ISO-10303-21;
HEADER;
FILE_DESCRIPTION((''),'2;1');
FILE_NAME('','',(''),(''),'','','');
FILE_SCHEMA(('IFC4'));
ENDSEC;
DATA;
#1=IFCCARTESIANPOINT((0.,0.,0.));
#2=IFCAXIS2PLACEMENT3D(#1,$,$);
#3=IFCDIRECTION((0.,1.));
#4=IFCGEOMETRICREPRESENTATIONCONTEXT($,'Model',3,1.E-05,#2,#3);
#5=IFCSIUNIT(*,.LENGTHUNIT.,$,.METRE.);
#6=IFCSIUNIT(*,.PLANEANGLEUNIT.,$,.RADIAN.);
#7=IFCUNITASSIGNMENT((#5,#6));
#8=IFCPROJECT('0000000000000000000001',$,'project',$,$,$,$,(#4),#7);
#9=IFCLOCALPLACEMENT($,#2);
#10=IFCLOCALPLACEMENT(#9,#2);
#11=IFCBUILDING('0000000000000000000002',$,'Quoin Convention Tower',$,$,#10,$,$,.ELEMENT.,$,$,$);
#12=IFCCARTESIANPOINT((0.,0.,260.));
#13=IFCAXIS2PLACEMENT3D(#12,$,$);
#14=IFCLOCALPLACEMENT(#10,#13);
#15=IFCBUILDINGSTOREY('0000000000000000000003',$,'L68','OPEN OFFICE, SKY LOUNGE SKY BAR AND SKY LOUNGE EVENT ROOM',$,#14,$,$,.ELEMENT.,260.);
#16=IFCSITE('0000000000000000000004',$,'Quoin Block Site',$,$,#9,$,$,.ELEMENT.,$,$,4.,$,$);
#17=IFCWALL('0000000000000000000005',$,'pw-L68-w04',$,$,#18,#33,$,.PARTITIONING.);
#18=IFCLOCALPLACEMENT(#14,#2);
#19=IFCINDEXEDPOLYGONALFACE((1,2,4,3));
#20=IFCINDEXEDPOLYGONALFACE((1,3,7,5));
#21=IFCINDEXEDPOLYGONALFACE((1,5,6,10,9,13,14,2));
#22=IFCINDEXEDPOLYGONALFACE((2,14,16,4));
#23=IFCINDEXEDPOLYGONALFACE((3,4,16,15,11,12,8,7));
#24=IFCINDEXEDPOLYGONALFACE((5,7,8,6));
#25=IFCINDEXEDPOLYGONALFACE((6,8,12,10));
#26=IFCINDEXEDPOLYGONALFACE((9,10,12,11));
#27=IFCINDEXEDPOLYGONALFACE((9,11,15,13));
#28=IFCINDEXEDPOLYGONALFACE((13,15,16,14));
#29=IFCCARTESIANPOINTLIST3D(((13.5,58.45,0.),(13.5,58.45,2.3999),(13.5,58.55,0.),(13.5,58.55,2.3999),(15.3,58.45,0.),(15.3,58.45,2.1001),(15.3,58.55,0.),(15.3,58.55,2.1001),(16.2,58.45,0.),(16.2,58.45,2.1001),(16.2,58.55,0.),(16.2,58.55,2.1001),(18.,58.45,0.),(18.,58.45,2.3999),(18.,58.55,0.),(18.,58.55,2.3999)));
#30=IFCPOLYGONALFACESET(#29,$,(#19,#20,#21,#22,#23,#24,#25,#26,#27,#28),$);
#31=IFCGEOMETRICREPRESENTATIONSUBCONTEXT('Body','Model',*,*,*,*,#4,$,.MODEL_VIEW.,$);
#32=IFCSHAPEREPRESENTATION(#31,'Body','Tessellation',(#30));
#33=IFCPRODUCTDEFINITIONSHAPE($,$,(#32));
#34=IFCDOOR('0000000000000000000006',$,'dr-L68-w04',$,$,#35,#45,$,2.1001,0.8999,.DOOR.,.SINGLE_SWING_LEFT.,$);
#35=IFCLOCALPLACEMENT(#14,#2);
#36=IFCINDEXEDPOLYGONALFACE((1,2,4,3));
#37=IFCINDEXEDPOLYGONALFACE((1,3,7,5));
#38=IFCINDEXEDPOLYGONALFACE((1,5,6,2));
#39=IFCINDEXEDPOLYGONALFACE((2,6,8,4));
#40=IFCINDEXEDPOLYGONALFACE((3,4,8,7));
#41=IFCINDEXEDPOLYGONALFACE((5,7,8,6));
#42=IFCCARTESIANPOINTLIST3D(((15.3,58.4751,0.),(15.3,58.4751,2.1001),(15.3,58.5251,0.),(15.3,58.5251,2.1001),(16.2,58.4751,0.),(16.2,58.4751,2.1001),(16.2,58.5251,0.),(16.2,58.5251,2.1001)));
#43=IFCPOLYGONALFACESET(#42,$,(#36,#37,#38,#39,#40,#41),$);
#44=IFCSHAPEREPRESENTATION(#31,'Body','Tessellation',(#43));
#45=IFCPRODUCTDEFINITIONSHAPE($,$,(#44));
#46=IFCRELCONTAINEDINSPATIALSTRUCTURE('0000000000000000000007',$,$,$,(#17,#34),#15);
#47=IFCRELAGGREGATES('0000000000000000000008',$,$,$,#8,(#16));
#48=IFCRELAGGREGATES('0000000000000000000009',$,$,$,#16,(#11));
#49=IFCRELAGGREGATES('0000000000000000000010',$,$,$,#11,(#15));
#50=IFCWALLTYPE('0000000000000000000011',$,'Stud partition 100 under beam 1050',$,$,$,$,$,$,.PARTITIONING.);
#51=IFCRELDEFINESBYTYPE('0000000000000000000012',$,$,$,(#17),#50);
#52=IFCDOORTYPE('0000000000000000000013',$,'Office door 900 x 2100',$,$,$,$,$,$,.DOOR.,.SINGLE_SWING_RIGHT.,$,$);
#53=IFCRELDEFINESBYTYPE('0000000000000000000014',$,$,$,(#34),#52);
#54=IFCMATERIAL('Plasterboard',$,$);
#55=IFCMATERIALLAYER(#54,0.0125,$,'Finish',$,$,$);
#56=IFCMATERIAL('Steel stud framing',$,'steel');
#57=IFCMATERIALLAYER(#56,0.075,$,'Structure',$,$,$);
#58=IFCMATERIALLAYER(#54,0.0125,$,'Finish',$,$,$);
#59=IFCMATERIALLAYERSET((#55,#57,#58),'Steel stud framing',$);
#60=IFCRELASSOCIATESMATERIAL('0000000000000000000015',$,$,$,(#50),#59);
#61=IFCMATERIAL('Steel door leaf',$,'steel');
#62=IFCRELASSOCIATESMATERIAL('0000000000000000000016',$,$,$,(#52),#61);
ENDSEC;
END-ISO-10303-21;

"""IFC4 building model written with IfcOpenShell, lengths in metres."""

from ifc_helpers import new_model, si_unit, direction, frame, frame_2d, origin, place, context, subcontext, project, spatial, rectangle, extrude, material, layer, layer_set, type_object, element, fill, save


model = new_model("IFC4")

# Units and contexts
model_context = context("Model", 3, precision=1e-05, world=origin(), true_north=direction((0.0, 1.0)))
body_context = subcontext(model_context, "Body", "Model", "MODEL_VIEW")
ifc_project = project(units=[si_unit("LENGTHUNIT", "METRE"), si_unit("PLANEANGLEUNIT", "RADIAN")], contexts=[model_context])

# Site, building, storey
site_placement = place(None, origin())
site = spatial("IfcSite", under=ifc_project, at=site_placement, Name="Quoin Block Site", CompositionType="ELEMENT", RefElevation=4.0)
building_placement = place(site_placement, origin())
building = spatial("IfcBuilding", under=site, at=building_placement, Name="Quoin Convention Tower", CompositionType="ELEMENT")
storey_placement = place(building_placement, frame((0.0, 0.0, 260.0)))
storey = spatial("IfcBuildingStorey", under=building, at=storey_placement, Name="L68", Description="OPEN OFFICE, SKY LOUNGE SKY BAR AND SKY LOUNGE EVENT ROOM", CompositionType="ELEMENT", Elevation=260.0)

# Shared definitions
ifc_material_1 = material(Name="Plasterboard")
ifc_material_2 = material(Name="Steel stud framing", Category="steel")
ifc_material_3 = material(Name="Steel door leaf", Category="steel")

# Wall, opening, door
ifc_layer_1 = layer(ifc_material_1, 0.0125, Name="Finish")
ifc_layer_2 = layer(ifc_material_2, 0.075, Name="Structure")
ifc_layer_3 = layer(ifc_material_1, 0.0125, Name="Finish")
ifc_layer_set_1 = layer_set([ifc_layer_1, ifc_layer_2, ifc_layer_3], Name="Steel stud framing")
wall_type_1 = type_object("IfcWallType", Name="Stud partition 100 under beam 1050", PredefinedType="PARTITIONING", material=ifc_layer_set_1)
wall_1_placement = place(storey_placement, frame((13.5, 58.5, 0.0), z_axis=(0.0, 0.0, 1.0), x_axis=(1.0, 0.0, 0.0)))
wall_1 = element("IfcWall", 1, at=wall_1_placement, inside=storey, type_object=wall_type_1, Name="pw-L68-w04", PredefinedType="PARTITIONING", context=body_context, shape_type="SweptSolid", body=[
    extrude(rectangle(XDim=4.5, YDim=0.1001, at=frame_2d((2.25, 0.0))), origin(), (0.0, 0.0, 1.0), 2.3999),
])
opening_1_placement = place(wall_1_placement, frame((1.8, 0.0, 0.0)))
opening_1 = element("IfcOpeningElement", 2, at=opening_1_placement, cuts=wall_1, PredefinedType="OPENING", context=body_context, shape_type="SweptSolid", body=[
    extrude(rectangle(XDim=0.8999, YDim=2.1001, at=frame_2d((0.45, 1.05))), frame((0.0, 0.0601, 0.0), z_axis=(0.0, -1.0, 0.0), x_axis=(1.0, 0.0, 0.0)), (0.0, 0.0, 1.0), 0.1201),
])
door_type_1 = type_object("IfcDoorType", Name="Office door 900 x 2100", OperationType="SINGLE_SWING_RIGHT", PredefinedType="DOOR", material=ifc_material_3)
door_1_placement = place(opening_1_placement, frame((0.8999, 0.0, 0.0), z_axis=(0.0, 0.0, 1.0), x_axis=(-1.0, 0.0, 0.0)))
door_1 = element("IfcDoor", 3, at=door_1_placement, inside=storey, type_object=door_type_1, Name="dr-L68-w04", OperationType="SINGLE_SWING_LEFT", OverallHeight=2.1001, OverallWidth=0.8999, PredefinedType="DOOR", context=body_context, shape_type="SweptSolid", body=[
    extrude(rectangle(XDim=0.8999, YDim=2.1001, at=frame_2d((0.45, 1.05))), frame((0.0, 0.0249, 0.0), z_axis=(0.0, -1.0, 0.0), x_axis=(1.0, 0.0, 0.0)), (0.0, 0.0, 1.0), 0.05),
])
fill(opening_1, door_1)

save(model, "model.ifc")
